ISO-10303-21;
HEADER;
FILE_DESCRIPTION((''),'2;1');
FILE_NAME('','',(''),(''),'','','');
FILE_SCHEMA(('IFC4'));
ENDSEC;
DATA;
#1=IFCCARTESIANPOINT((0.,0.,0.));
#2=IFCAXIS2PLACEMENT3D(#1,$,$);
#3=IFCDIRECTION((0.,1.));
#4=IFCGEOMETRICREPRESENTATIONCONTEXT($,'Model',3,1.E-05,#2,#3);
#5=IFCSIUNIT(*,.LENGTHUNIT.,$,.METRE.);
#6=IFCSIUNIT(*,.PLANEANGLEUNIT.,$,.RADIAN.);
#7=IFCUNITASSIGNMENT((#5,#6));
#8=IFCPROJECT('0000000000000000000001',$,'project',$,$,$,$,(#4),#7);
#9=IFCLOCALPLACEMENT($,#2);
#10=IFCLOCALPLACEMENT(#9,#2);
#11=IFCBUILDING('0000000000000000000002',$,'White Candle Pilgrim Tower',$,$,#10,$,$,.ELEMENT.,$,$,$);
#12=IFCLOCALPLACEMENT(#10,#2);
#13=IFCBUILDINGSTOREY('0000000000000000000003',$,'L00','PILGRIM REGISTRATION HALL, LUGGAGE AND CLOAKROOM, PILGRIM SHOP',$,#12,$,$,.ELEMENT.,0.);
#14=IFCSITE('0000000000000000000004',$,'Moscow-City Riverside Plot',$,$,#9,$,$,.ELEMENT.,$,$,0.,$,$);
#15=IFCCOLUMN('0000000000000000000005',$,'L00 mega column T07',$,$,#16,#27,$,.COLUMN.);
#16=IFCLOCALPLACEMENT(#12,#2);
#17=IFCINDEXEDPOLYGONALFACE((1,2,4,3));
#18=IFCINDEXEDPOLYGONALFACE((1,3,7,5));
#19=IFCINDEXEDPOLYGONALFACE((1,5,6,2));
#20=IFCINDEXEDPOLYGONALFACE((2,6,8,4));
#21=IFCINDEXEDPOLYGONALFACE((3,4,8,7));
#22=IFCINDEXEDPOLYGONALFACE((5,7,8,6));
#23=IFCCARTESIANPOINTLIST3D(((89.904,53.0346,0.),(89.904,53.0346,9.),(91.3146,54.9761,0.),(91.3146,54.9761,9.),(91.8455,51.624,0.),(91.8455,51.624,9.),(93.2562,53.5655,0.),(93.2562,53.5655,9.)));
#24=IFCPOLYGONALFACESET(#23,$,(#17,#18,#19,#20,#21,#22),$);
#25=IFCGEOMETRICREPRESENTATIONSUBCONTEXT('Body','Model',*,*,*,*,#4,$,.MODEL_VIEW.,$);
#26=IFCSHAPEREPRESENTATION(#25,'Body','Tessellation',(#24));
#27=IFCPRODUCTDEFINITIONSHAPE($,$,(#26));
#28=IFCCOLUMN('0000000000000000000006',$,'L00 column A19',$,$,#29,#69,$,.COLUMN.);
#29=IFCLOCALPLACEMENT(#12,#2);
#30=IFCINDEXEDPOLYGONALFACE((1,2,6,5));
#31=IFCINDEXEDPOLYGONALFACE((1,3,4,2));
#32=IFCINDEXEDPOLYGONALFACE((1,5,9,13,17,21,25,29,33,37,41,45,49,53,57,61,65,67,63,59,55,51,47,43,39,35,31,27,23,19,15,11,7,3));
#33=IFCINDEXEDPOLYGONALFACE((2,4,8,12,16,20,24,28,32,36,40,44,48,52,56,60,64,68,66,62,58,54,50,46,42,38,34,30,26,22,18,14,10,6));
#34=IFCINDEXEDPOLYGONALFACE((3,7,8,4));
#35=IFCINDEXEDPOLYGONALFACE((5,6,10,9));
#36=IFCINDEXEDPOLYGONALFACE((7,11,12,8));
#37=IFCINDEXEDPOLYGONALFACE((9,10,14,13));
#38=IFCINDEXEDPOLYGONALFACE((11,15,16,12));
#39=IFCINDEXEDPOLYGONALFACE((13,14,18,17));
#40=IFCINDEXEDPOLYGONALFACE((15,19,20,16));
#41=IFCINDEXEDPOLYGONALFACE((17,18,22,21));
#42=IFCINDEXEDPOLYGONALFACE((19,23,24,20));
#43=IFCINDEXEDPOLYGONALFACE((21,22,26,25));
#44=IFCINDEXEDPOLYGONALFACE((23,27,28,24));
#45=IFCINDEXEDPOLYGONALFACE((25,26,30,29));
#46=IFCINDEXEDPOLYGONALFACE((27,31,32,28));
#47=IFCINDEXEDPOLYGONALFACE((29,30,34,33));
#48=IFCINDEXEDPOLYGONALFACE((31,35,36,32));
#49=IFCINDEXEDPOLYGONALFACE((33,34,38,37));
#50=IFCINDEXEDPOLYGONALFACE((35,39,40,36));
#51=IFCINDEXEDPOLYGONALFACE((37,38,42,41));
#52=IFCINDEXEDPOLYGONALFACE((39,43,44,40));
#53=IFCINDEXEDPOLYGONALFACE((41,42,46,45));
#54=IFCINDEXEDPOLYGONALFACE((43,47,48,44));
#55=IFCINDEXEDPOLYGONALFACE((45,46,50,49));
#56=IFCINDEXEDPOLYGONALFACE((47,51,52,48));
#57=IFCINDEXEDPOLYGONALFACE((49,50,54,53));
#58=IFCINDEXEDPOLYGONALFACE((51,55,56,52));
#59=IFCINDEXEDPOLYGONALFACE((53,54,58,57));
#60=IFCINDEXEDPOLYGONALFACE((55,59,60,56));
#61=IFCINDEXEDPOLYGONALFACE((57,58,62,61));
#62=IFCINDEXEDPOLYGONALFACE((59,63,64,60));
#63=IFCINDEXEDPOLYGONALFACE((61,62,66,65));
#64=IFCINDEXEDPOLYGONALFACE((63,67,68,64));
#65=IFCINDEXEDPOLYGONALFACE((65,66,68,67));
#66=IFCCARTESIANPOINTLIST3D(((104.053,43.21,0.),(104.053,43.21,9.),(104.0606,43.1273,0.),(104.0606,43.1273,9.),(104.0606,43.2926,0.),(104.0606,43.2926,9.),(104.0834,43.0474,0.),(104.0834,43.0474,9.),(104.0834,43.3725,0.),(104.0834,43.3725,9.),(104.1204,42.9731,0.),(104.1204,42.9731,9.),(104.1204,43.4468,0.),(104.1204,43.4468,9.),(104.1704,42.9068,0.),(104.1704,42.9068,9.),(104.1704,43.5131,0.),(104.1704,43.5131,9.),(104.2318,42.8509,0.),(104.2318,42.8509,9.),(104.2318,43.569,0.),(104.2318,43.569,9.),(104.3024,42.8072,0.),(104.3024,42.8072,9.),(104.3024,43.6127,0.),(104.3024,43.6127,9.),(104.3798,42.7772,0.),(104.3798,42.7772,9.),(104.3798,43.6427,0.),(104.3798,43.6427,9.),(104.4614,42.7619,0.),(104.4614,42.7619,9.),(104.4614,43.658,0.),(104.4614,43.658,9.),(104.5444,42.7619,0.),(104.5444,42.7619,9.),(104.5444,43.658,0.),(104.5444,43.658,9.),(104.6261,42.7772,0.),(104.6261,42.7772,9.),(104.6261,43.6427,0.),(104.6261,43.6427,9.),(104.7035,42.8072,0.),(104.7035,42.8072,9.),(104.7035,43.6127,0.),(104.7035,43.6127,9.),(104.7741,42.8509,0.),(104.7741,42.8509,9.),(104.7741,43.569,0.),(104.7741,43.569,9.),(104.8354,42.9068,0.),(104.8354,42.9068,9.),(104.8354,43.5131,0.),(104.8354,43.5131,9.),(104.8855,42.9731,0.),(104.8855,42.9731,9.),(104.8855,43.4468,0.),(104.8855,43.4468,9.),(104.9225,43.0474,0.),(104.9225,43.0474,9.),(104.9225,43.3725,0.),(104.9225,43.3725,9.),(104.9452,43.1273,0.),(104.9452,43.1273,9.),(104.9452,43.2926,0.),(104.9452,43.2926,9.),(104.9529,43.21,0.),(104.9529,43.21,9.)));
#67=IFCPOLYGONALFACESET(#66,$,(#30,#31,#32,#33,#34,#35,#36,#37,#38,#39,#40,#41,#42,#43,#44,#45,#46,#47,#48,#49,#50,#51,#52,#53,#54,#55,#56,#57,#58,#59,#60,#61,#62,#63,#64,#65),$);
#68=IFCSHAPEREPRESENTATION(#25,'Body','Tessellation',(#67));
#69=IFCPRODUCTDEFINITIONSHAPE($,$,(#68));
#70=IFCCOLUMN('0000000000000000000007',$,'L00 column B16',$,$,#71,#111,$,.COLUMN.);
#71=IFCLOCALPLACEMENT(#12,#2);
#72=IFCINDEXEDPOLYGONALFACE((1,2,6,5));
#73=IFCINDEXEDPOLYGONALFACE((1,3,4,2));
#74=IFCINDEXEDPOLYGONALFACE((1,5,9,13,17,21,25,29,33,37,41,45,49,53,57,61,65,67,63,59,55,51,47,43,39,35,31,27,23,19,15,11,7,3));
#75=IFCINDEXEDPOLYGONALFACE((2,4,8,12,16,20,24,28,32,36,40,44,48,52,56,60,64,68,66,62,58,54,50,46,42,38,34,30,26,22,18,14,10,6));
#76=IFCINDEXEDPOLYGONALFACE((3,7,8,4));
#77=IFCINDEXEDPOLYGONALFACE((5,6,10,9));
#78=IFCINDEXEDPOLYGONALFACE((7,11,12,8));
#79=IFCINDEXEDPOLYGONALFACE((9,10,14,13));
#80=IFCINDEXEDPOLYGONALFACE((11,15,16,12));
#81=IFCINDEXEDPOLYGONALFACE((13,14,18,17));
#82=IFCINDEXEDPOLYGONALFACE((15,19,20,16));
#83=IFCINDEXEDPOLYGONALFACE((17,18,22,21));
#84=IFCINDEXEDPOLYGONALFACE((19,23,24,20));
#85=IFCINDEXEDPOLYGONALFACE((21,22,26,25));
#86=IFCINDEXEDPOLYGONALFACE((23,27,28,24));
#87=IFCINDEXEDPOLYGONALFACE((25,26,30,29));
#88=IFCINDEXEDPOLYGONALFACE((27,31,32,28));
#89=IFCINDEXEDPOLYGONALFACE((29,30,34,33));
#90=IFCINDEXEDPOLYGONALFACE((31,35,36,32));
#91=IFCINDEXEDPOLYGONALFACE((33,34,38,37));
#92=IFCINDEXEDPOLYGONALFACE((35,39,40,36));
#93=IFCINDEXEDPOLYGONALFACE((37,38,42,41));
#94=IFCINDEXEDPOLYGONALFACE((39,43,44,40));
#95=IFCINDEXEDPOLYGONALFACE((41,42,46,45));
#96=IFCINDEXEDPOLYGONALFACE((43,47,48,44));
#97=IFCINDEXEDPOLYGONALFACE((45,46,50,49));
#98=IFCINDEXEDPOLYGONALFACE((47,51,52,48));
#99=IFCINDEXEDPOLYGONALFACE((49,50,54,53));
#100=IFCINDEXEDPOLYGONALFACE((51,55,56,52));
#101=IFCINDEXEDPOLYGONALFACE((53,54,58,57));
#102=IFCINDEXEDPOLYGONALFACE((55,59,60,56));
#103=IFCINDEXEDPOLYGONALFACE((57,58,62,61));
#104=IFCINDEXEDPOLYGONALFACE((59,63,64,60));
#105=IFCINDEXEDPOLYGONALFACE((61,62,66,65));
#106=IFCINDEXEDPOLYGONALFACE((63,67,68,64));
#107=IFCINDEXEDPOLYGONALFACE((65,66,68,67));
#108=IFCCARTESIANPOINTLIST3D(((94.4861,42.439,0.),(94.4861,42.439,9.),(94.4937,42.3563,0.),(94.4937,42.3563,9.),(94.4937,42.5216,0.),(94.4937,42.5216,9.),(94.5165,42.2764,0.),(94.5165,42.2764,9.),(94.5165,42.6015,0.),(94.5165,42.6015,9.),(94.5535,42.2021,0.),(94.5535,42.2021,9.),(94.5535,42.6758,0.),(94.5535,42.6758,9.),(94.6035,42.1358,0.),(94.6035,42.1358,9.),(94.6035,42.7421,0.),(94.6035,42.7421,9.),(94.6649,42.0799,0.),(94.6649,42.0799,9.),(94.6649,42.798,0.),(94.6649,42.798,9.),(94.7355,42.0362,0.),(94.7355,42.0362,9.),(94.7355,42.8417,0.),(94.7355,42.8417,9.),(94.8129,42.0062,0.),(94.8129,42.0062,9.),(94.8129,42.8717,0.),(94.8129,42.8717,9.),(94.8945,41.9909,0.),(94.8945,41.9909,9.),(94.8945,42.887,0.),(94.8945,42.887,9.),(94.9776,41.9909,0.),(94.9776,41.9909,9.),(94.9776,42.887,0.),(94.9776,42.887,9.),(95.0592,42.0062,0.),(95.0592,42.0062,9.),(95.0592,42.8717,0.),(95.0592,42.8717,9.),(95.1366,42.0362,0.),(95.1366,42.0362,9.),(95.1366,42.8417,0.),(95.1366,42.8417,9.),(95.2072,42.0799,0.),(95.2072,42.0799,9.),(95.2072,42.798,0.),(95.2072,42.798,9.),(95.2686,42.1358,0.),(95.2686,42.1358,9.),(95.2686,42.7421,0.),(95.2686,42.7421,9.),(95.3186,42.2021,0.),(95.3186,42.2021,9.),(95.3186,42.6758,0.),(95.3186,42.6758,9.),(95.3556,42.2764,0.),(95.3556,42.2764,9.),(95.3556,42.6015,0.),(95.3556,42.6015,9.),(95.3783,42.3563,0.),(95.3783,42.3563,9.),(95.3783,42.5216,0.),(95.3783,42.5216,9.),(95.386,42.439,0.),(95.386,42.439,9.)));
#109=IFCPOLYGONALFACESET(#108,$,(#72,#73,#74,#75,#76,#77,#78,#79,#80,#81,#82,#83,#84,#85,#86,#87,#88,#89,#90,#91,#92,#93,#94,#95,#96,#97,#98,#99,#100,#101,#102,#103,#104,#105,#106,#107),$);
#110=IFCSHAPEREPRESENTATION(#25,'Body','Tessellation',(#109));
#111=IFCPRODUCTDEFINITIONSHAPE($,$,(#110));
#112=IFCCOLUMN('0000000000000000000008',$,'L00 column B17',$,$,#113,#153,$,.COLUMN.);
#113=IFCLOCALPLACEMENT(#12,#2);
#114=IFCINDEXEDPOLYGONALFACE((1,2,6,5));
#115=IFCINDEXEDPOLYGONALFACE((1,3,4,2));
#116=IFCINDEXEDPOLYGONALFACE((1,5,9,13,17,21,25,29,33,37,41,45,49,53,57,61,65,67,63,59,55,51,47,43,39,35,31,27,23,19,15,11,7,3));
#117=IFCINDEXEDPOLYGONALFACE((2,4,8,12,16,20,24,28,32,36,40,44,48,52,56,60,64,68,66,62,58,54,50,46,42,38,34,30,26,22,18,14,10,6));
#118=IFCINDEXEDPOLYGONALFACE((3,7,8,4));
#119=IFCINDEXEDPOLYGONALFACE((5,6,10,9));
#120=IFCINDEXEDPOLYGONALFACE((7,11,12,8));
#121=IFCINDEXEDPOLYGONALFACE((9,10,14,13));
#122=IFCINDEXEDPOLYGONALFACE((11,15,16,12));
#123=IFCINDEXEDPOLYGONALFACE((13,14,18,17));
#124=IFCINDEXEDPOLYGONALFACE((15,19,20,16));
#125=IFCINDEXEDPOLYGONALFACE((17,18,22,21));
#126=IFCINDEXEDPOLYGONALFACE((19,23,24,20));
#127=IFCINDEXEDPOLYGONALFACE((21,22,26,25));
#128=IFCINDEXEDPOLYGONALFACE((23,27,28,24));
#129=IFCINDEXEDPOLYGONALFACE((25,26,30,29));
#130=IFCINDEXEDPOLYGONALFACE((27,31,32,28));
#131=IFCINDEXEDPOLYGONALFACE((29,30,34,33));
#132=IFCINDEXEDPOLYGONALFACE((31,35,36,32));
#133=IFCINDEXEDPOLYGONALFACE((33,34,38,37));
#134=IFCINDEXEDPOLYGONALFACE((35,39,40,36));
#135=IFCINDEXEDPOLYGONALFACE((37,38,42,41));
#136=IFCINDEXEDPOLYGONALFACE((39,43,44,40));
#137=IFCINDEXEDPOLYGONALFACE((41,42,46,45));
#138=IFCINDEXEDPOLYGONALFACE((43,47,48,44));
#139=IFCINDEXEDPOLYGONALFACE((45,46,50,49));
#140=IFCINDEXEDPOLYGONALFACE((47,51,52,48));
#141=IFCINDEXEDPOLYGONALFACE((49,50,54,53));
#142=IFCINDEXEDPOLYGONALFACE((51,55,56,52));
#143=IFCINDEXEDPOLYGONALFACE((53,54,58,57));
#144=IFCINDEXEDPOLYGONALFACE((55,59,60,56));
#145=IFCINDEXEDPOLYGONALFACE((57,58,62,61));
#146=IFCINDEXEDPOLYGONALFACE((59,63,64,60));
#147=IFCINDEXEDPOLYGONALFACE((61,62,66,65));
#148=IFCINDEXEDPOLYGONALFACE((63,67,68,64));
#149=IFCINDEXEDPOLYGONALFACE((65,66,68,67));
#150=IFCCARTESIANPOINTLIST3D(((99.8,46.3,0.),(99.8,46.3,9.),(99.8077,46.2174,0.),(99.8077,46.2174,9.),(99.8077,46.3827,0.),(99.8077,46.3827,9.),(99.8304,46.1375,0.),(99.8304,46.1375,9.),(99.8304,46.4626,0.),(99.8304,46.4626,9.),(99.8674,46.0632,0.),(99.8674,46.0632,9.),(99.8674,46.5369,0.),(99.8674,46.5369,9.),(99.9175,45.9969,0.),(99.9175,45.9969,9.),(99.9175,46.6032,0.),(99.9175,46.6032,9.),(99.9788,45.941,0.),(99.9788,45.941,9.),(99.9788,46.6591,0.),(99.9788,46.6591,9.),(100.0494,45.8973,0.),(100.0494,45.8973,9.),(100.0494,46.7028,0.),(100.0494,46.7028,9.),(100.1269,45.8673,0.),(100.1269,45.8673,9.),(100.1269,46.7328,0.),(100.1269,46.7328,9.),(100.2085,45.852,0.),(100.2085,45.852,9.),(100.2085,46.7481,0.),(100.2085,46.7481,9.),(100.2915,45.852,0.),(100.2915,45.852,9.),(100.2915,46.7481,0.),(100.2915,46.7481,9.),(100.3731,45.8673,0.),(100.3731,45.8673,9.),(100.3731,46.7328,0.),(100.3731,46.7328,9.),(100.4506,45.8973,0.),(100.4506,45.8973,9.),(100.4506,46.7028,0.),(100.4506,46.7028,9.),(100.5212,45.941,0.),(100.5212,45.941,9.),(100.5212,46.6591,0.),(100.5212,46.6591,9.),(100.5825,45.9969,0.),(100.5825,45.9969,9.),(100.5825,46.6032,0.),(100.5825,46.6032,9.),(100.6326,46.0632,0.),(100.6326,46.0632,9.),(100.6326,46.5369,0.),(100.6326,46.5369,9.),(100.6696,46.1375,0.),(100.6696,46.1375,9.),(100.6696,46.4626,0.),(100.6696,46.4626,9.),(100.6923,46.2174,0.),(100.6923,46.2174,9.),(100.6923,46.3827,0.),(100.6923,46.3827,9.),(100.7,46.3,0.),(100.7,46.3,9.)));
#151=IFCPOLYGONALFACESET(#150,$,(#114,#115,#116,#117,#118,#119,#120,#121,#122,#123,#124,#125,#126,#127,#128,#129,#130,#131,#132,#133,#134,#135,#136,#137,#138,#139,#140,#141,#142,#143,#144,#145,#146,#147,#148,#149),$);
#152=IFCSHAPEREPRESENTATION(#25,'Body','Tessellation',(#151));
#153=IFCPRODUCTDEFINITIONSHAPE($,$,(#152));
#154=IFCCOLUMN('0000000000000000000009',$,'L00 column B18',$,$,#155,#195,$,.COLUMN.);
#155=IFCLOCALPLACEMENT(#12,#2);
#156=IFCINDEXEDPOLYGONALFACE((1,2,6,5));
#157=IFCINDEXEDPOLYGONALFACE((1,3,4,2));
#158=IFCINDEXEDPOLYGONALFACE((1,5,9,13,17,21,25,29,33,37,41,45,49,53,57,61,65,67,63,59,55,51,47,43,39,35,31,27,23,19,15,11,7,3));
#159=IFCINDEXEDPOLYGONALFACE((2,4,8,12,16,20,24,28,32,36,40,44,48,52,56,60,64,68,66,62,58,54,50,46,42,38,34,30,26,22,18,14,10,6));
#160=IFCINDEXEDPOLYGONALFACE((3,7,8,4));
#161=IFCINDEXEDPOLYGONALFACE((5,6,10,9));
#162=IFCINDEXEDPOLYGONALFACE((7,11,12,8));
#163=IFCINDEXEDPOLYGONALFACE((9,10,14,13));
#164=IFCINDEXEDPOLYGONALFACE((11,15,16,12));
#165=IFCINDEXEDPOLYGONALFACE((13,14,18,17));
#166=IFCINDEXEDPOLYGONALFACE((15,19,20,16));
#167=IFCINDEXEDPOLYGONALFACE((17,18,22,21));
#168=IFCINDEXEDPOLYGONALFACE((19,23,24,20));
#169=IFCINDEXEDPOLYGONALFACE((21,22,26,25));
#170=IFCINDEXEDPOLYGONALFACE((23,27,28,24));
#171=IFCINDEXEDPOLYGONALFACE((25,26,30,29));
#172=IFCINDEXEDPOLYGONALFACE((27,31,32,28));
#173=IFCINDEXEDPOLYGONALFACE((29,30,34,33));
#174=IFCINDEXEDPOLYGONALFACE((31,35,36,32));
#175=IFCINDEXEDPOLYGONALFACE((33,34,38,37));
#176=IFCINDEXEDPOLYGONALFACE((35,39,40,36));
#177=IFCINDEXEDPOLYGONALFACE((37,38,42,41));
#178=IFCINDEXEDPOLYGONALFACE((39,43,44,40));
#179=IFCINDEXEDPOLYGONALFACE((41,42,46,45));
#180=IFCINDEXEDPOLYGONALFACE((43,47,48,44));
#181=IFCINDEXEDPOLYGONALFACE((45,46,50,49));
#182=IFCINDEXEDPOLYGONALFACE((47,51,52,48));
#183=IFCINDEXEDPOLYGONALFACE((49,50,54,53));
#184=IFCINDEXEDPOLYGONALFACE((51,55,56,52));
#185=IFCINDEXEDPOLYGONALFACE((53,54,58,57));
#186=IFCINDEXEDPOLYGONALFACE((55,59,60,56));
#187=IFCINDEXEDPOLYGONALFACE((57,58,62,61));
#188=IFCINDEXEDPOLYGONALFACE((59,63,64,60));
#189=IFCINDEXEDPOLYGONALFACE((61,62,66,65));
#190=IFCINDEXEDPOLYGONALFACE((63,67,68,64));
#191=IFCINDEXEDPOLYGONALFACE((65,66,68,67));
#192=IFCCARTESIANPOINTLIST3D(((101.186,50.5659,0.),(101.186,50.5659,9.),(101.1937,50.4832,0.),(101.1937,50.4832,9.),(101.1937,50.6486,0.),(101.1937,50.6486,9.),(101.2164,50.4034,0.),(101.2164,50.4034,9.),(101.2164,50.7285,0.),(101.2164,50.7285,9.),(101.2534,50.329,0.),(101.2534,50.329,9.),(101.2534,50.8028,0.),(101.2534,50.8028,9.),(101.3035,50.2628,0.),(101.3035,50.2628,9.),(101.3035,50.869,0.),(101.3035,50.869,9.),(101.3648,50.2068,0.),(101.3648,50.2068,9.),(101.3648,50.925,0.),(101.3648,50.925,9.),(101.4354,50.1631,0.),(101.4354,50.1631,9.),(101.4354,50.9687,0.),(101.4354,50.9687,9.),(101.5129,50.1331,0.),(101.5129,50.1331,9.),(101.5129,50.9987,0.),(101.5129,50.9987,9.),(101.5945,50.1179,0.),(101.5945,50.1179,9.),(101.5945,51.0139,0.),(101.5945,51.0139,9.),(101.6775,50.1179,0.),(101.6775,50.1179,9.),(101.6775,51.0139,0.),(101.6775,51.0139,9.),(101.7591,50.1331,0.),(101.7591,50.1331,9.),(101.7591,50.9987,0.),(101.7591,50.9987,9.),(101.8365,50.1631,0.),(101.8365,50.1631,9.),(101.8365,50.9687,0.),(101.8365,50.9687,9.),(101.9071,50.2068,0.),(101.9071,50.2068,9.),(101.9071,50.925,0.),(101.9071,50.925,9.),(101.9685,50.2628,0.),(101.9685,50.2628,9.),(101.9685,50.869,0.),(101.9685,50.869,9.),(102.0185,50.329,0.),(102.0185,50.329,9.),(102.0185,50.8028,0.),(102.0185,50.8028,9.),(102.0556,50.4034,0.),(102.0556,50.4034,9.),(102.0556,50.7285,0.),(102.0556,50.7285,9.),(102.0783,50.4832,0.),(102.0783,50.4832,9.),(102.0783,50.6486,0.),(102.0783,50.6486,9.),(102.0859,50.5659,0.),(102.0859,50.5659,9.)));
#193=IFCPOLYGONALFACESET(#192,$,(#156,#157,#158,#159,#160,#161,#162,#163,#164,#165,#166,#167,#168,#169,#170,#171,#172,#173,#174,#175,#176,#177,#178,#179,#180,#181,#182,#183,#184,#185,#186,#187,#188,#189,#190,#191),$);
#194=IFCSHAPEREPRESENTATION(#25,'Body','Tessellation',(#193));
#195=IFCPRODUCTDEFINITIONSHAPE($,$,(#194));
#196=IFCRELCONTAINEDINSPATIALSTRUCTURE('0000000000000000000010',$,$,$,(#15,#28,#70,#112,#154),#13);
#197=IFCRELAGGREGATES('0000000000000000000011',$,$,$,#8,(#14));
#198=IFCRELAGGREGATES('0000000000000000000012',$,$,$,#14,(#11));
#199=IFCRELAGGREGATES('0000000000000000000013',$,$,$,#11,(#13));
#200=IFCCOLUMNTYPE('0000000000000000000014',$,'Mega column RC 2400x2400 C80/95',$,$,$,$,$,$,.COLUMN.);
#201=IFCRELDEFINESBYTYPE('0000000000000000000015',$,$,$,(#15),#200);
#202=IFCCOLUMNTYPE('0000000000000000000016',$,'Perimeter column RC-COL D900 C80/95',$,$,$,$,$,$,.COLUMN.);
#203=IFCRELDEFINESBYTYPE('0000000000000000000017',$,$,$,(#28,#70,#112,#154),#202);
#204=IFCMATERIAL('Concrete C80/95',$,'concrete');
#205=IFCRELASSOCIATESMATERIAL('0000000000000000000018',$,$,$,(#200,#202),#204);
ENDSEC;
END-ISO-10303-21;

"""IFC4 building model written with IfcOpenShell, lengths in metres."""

from ifc_helpers import new_model, si_unit, direction, frame, origin, origin_2d, place, context, subcontext, project, spatial, rectangle, circle, extrude, material, material_profile, profile_set, type_object, element, save


model = new_model("IFC4")

# Units and contexts
model_context = context("Model", 3, precision=1e-05, world=origin(), true_north=direction((0.0, 1.0)))
body_context = subcontext(model_context, "Body", "Model", "MODEL_VIEW")
ifc_project = project(units=[si_unit("LENGTHUNIT", "METRE"), si_unit("PLANEANGLEUNIT", "RADIAN")], contexts=[model_context])

# Site, building, storey
site_placement = place(None, origin())
site = spatial("IfcSite", under=ifc_project, at=site_placement, Name="Moscow-City Riverside Plot", CompositionType="ELEMENT", RefElevation=0.0)
building_placement = place(site_placement, origin())
building = spatial("IfcBuilding", under=site, at=building_placement, Name="White Candle Pilgrim Tower", CompositionType="ELEMENT")
storey_placement = place(building_placement, origin())
storey = spatial("IfcBuildingStorey", under=building, at=storey_placement, Name="L00", Description="PILGRIM REGISTRATION HALL, LUGGAGE AND CLOAKROOM, PILGRIM SHOP", CompositionType="ELEMENT", Elevation=0.0)

# Columns
ifc_material_1 = material(Name="Concrete C80/95", Category="concrete")
ifc_material_profile_1 = material_profile(ifc_material_1, rectangle(XDim=2.3999, YDim=2.3999, at=origin_2d()), Name="RC 2400x2400")
ifc_profile_set_1 = profile_set([ifc_material_profile_1], Name="Concrete C80/95")
column_type_1 = type_object("IfcColumnType", Name="Mega column RC 2400x2400 C80/95", PredefinedType="COLUMN", material=ifc_profile_set_1)
column_placement = place(storey_placement, frame((91.5801, 53.3, 0.0), z_axis=(0.0, 0.0, 1.0), x_axis=(0.809017, -0.587785, 0.0)))
element("IfcColumn", 1, at=column_placement, inside=storey, type_object=column_type_1, Name="L00 mega column T07", PredefinedType="COLUMN", context=body_context, shape_type="SweptSolid", body=[
    extrude(rectangle(XDim=2.3999, YDim=2.3999, at=origin_2d()), origin(), (0.0, 0.0, 1.0), 9.0),
])
ifc_material_profile_2 = material_profile(ifc_material_1, circle(Radius=0.45, at=origin_2d()), Name="RC-COL D900")
ifc_profile_set_2 = profile_set([ifc_material_profile_2], Name="Concrete C80/95")
column_type_2 = type_object("IfcColumnType", Name="Perimeter column RC-COL D900 C80/95", PredefinedType="COLUMN", material=ifc_profile_set_2)
for number, where, z_axis, x_axis, name in (
    (2, (104.5029, 43.21, 0.0), (0.0, 0.0, 1.0), (1.0, 0.0, 0.0), "L00 column A19"),
    (3, (94.936, 42.439, 0.0), (0.0, 0.0, 1.0), (1.0, 0.0, 0.0), "L00 column B16"),
    (4, (100.25, 46.3, 0.0), (0.0, 0.0, 1.0), (1.0, 0.0, 0.0), "L00 column B17"),
    (5, (101.636, 50.5659, 0.0), (0.0, 0.0, 1.0), (1.0, 0.0, 0.0), "L00 column B18"),
):
    element("IfcColumn", number, at=place(storey_placement, frame(where, z_axis=z_axis, x_axis=x_axis)), inside=storey, type_object=column_type_2, Name=name, PredefinedType="COLUMN", context=body_context, shape_type="SweptSolid", body=[
        extrude(circle(Radius=0.45, at=origin_2d()), origin(), (0.0, 0.0, 1.0), 9.0),
    ])

save(model, "model.ifc")
